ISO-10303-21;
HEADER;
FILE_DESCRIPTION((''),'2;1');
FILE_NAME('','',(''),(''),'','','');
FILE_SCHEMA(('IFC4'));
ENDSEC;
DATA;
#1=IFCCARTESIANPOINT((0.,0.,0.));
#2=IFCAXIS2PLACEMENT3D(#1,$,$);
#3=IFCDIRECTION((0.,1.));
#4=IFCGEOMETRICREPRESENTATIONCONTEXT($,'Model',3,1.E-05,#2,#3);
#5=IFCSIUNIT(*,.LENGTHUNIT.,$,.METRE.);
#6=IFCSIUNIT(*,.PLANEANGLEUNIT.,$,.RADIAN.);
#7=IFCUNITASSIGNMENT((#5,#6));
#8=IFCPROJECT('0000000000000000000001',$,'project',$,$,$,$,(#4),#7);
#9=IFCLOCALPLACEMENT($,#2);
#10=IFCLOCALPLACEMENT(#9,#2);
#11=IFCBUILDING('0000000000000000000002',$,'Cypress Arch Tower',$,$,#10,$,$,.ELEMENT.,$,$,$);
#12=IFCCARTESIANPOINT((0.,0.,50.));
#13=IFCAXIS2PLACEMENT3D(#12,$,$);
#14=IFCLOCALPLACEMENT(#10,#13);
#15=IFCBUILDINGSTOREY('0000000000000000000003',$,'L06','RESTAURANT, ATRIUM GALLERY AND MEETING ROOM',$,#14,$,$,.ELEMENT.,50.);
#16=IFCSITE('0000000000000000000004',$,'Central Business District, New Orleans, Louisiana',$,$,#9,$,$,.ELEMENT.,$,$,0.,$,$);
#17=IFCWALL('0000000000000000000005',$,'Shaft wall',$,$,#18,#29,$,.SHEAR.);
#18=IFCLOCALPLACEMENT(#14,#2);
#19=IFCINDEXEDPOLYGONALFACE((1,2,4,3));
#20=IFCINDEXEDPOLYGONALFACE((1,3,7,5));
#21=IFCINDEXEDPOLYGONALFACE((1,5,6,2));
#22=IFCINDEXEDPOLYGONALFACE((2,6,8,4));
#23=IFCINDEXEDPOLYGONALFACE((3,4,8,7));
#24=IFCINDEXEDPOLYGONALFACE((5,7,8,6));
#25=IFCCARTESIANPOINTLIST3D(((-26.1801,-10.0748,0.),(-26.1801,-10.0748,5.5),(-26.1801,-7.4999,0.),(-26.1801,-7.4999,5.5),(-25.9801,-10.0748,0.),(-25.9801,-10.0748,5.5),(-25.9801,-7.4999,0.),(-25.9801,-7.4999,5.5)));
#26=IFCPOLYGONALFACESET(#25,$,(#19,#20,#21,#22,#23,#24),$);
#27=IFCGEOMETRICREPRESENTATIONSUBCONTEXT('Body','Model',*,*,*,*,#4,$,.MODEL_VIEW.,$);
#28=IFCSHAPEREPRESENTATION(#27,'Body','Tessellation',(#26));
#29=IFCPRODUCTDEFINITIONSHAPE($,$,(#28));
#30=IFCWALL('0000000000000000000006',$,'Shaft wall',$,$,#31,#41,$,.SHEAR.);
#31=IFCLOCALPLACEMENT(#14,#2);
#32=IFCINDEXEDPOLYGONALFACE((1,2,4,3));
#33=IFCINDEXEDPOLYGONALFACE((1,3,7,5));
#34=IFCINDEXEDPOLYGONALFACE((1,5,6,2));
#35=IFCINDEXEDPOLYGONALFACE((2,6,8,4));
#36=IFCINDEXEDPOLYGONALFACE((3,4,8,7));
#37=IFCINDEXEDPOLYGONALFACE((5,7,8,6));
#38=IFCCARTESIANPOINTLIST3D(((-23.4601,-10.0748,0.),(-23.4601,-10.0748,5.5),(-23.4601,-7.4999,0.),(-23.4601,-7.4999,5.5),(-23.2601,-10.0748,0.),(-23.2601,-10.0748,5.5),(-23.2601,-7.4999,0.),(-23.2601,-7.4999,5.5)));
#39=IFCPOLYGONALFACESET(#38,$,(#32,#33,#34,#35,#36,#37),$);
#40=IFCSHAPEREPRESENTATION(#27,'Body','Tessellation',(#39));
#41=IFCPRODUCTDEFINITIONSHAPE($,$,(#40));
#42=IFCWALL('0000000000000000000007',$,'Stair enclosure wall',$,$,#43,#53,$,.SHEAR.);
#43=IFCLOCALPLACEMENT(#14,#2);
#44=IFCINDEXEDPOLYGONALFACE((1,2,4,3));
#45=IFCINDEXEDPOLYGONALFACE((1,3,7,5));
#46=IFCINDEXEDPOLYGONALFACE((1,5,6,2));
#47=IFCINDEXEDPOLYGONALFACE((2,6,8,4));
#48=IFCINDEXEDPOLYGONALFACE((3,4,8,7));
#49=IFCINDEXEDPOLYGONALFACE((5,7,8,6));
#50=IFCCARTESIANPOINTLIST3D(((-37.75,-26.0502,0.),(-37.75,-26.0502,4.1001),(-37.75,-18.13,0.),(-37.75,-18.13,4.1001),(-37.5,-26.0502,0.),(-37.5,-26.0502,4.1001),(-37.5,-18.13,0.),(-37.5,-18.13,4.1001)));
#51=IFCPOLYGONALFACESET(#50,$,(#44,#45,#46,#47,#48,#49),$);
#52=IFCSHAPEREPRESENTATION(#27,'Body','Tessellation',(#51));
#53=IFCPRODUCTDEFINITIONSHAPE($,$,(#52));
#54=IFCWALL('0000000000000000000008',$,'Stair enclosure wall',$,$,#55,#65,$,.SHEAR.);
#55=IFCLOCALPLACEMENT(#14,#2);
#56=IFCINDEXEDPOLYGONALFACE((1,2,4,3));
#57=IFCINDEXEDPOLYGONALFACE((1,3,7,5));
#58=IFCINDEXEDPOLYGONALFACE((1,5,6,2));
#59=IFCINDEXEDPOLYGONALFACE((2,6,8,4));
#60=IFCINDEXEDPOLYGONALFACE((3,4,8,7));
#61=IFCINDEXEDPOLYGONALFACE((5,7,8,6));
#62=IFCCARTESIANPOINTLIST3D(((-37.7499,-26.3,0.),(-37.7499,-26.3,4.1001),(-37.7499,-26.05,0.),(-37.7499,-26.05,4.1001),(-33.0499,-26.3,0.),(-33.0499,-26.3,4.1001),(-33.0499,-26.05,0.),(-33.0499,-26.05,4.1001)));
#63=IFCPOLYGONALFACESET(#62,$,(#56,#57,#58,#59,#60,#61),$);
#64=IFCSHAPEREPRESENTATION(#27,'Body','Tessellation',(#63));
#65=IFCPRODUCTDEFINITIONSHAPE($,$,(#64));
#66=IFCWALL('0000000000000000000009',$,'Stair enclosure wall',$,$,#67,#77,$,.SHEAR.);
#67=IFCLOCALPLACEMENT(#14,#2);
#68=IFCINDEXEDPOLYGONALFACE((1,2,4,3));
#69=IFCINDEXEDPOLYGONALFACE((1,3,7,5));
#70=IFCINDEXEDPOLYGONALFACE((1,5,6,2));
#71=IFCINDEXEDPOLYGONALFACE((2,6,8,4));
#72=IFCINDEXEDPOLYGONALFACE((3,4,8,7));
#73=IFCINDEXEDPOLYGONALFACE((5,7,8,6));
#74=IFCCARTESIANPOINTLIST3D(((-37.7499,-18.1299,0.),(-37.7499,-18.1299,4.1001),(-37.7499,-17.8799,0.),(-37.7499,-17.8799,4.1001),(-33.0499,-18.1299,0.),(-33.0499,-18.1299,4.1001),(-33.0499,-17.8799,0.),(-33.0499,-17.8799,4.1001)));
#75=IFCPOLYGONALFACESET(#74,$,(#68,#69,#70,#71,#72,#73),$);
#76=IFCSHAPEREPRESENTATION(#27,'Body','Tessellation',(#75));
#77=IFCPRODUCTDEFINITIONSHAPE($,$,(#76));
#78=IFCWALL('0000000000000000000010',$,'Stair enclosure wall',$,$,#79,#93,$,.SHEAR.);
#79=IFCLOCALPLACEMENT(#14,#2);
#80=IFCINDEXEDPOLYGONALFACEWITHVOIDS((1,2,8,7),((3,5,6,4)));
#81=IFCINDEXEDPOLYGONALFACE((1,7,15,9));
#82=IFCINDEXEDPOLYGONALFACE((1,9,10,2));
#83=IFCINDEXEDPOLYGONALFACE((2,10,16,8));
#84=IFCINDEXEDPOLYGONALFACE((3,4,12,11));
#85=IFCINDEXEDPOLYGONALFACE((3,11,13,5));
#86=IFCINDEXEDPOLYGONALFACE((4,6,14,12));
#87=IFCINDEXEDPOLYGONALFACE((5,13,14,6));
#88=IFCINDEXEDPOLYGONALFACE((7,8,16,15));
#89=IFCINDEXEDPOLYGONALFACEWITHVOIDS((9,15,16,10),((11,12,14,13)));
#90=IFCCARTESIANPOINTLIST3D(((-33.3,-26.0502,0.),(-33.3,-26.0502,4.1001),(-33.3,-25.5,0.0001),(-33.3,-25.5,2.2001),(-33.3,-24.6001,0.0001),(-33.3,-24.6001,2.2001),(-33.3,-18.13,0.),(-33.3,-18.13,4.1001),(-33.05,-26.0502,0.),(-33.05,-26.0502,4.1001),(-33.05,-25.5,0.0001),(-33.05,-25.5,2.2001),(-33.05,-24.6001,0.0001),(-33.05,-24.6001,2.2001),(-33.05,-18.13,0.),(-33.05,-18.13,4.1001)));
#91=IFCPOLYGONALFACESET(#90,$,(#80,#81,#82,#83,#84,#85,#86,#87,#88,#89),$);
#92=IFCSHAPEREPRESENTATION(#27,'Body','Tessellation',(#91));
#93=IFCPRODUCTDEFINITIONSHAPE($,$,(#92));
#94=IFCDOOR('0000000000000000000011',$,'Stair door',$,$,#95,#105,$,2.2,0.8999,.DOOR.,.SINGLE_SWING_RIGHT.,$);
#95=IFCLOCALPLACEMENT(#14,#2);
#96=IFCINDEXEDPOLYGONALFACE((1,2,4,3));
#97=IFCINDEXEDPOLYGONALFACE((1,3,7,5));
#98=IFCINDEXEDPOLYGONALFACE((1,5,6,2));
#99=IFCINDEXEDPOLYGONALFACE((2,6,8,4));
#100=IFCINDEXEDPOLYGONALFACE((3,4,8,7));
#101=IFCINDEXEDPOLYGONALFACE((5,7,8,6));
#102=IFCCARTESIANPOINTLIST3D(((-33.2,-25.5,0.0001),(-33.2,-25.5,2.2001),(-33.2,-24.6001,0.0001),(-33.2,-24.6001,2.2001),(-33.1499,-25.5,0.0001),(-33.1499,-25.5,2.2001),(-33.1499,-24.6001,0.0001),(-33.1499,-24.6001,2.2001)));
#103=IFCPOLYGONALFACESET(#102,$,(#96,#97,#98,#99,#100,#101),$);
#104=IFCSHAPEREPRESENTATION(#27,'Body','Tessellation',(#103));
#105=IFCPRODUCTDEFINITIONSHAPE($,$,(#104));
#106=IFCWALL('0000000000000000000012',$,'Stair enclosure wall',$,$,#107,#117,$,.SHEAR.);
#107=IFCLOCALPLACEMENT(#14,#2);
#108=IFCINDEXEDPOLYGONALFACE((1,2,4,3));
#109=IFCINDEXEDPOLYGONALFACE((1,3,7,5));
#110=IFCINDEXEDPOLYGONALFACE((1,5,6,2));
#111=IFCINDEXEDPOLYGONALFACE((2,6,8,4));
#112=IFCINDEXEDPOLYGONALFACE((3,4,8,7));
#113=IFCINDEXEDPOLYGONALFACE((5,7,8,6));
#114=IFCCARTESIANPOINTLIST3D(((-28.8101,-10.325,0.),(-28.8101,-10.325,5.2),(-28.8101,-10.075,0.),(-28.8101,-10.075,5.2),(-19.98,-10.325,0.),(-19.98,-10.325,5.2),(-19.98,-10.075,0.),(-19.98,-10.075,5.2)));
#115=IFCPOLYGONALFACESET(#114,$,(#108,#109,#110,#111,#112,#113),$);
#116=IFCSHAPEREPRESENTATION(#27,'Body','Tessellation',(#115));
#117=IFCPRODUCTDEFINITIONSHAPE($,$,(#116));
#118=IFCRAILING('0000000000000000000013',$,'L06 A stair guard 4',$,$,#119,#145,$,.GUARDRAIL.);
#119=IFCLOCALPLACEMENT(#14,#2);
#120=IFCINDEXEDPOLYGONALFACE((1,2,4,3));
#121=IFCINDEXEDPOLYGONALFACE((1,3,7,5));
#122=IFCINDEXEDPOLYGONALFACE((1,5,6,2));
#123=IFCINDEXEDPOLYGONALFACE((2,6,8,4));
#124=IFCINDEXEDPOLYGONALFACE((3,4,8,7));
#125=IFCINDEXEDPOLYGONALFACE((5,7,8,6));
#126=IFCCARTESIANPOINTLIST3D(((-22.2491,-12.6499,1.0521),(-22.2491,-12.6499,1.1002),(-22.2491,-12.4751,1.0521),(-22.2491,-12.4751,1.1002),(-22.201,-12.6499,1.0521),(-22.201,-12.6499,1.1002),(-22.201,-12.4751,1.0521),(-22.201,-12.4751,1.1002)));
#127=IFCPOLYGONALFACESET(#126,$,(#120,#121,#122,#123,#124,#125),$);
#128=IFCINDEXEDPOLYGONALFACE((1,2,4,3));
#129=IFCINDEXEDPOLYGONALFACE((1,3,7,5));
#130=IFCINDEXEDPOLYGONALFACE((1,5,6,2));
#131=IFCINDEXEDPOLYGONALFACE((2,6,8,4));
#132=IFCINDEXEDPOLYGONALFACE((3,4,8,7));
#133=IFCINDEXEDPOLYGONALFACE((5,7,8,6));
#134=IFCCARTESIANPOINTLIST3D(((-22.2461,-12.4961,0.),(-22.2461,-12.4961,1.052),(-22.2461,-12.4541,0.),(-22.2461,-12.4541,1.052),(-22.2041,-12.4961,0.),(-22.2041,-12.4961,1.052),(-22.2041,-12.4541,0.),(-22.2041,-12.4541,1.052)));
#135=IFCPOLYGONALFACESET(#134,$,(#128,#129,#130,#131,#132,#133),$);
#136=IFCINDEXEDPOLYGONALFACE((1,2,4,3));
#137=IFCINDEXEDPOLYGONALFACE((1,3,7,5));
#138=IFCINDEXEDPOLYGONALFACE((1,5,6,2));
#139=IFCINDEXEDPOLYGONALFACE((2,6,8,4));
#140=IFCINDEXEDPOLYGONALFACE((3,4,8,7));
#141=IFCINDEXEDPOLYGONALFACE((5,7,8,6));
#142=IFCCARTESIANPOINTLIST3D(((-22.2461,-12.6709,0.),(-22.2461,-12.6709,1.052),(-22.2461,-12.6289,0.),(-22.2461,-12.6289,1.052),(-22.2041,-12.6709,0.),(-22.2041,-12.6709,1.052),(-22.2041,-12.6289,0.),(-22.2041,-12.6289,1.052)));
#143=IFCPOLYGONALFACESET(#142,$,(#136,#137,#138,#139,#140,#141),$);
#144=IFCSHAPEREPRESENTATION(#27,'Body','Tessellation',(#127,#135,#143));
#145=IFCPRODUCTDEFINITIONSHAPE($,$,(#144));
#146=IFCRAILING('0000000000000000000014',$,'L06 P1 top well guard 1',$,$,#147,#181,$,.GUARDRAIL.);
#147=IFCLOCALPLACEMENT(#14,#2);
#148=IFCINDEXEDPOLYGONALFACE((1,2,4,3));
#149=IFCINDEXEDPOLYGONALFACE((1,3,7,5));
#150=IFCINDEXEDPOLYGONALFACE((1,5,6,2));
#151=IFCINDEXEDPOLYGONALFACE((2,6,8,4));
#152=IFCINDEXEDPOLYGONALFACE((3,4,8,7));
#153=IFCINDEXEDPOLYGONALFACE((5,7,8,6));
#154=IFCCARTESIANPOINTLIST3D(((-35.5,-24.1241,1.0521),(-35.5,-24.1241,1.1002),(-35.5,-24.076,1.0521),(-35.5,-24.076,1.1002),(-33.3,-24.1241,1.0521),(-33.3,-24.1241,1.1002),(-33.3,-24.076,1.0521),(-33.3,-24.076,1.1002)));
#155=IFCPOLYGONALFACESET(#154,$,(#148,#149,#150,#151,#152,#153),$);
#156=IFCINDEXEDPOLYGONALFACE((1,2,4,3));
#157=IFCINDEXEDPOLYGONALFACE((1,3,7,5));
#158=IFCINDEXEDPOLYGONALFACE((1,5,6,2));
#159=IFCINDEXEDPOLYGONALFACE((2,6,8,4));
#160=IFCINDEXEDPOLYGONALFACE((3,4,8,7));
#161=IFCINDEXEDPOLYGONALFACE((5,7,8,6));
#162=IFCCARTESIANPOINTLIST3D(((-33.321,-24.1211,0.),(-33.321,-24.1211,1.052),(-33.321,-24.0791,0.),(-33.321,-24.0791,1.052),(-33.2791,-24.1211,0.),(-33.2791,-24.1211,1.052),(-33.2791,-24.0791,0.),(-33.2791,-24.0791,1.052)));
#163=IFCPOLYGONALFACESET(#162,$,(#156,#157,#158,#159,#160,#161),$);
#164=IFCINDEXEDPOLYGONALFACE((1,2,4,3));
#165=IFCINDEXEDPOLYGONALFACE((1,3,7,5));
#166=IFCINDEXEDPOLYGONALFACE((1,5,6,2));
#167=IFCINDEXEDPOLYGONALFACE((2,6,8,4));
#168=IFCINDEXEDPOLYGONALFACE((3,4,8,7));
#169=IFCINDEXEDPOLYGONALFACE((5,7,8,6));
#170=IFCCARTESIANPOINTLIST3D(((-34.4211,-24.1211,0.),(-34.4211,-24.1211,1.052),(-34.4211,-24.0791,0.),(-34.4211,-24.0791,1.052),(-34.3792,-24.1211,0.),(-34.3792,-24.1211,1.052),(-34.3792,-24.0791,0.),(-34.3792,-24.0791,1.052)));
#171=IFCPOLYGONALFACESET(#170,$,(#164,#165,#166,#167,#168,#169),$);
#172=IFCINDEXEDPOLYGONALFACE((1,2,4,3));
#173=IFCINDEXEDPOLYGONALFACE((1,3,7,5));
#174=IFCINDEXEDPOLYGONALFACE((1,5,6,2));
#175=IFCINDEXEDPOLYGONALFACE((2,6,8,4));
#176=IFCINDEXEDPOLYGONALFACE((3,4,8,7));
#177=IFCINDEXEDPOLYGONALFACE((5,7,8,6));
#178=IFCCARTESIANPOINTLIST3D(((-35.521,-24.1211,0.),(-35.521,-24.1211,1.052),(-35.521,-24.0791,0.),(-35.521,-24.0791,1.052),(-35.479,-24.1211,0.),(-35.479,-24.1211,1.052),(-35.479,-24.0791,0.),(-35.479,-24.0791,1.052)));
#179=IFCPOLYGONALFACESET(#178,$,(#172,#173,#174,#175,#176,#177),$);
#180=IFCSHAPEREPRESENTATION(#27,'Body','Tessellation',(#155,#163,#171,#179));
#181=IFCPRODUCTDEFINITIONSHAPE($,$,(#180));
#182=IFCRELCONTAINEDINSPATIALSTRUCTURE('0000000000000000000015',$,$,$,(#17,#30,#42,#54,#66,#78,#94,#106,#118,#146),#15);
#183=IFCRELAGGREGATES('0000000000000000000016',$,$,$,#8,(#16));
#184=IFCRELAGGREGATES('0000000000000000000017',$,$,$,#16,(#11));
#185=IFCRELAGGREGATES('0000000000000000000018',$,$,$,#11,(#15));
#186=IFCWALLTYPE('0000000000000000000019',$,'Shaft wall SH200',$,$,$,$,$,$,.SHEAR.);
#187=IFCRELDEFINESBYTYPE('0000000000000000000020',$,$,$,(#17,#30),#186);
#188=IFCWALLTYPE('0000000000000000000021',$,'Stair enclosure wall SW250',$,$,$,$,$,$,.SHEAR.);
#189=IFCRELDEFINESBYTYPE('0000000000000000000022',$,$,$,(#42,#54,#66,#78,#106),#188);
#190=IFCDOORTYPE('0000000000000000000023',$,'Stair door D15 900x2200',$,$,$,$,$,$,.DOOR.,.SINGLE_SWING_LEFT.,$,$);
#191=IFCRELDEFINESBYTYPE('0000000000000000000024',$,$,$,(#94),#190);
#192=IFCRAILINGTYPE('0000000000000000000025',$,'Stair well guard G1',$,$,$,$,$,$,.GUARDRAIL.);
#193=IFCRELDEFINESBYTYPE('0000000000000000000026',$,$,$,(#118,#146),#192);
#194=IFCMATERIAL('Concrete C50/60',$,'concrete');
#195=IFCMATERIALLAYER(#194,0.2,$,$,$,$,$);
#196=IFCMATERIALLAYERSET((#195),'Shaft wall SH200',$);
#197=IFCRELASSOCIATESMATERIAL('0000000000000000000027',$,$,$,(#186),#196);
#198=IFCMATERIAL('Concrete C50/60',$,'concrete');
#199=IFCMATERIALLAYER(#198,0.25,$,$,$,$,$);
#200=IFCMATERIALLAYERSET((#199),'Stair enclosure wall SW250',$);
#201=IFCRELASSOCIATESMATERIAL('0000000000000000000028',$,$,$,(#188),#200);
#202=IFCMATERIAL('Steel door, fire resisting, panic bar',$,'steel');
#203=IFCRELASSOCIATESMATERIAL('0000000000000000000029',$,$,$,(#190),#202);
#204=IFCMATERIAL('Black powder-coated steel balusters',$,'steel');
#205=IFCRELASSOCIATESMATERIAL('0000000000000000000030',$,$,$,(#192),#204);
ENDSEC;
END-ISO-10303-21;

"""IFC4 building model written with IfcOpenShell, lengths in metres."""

from ifc_helpers import new_model, si_unit, direction, frame, frame_2d, origin, origin_2d, place, context, subcontext, project, spatial, rectangle, extrude, material, layer, layer_set, type_object, element, fill, save


model = new_model("IFC4")

# Units and contexts
model_context = context("Model", 3, precision=1e-05, world=origin(), true_north=direction((0.0, 1.0)))
body_context = subcontext(model_context, "Body", "Model", "MODEL_VIEW")
ifc_project = project(units=[si_unit("LENGTHUNIT", "METRE"), si_unit("PLANEANGLEUNIT", "RADIAN")], contexts=[model_context])

# Site, building, storey
site_placement = place(None, origin())
site = spatial("IfcSite", under=ifc_project, at=site_placement, Name="Central Business District, New Orleans, Louisiana", CompositionType="ELEMENT", RefElevation=0.0)
building_placement = place(site_placement, origin())
building = spatial("IfcBuilding", under=site, at=building_placement, Name="Cypress Arch Tower", CompositionType="ELEMENT")
storey_placement = place(building_placement, frame((0.0, 0.0, 50.0)))
storey = spatial("IfcBuildingStorey", under=building, at=storey_placement, Name="L06", Description="RESTAURANT, ATRIUM GALLERY AND MEETING ROOM", CompositionType="ELEMENT", Elevation=50.0)

# Walls
ifc_material_1 = material(Name="Concrete C50/60", Category="concrete")
ifc_layer_1 = layer(ifc_material_1, 0.2)
ifc_layer_set_1 = layer_set([ifc_layer_1], Name="Shaft wall SH200")
wall_type_1 = type_object("IfcWallType", Name="Shaft wall SH200", PredefinedType="SHEAR", material=ifc_layer_set_1)
for number, where, z_axis, x_axis, name in (
    (1, (-26.0801, -10.075, 0.0), (0.0, 0.0, 1.0), (0.0, 1.0, 0.0), "Shaft wall"),
    (2, (-23.3601, -10.075, 0.0), (0.0, 0.0, 1.0), (0.0, 1.0, 0.0), "Shaft wall"),
):
    element("IfcWall", number, at=place(storey_placement, frame(where, z_axis=z_axis, x_axis=x_axis)), inside=storey, type_object=wall_type_1, Name=name, PredefinedType="SHEAR", context=body_context, shape_type="SweptSolid", body=[
        extrude(rectangle(XDim=2.575, YDim=0.2, at=frame_2d((1.2876, 0.0))), origin(), (0.0, 0.0, 1.0), 5.5),
    ])
ifc_material_2 = material(Name="Concrete C50/60", Category="concrete")
ifc_layer_2 = layer(ifc_material_2, 0.25)
ifc_layer_set_2 = layer_set([ifc_layer_2], Name="Stair enclosure wall SW250")
wall_type_2 = type_object("IfcWallType", Name="Stair enclosure wall SW250", PredefinedType="SHEAR", material=ifc_layer_set_2)
wall_1_placement = place(storey_placement, frame((-37.625, -26.05, 0.0), z_axis=(0.0, 0.0, 1.0), x_axis=(0.0, 1.0, 0.0)))
element("IfcWall", 3, at=wall_1_placement, inside=storey, type_object=wall_type_2, Name="Stair enclosure wall", PredefinedType="SHEAR", context=body_context, shape_type="SweptSolid", body=[
    extrude(rectangle(XDim=7.9202, YDim=0.25, at=frame_2d((3.96, 0.0))), origin(), (0.0, 0.0, 1.0), 4.1001),
])
for number, where, z_axis, x_axis, name in (
    (4, (-37.75, -26.175, 0.0), (0.0, 0.0, 1.0), (1.0, 0.0, 0.0), "Stair enclosure wall"),
    (5, (-37.75, -18.0049, 0.0), (0.0, 0.0, 1.0), (1.0, 0.0, 0.0), "Stair enclosure wall"),
):
    element("IfcWall", number, at=place(storey_placement, frame(where, z_axis=z_axis, x_axis=x_axis)), inside=storey, type_object=wall_type_2, Name=name, PredefinedType="SHEAR", context=body_context, shape_type="SweptSolid", body=[
        extrude(rectangle(XDim=4.7, YDim=0.25, at=frame_2d((2.3501, 0.0))), origin(), (0.0, 0.0, 1.0), 4.1001),
    ])

# Wall, opening, door
wall_2_placement = place(storey_placement, frame((-33.175, -26.05, 0.0), z_axis=(0.0, 0.0, 1.0), x_axis=(0.0, 1.0, 0.0)))
wall_2 = element("IfcWall", 6, at=wall_2_placement, inside=storey, type_object=wall_type_2, Name="Stair enclosure wall", PredefinedType="SHEAR", context=body_context, shape_type="SweptSolid", body=[
    extrude(rectangle(XDim=7.9202, YDim=0.25, at=frame_2d((3.96, 0.0))), origin(), (0.0, 0.0, 1.0), 4.1001),
])
opening_1_placement = place(wall_2_placement, frame((0.55, 0.0, 0.0)))
opening_1 = element("IfcOpeningElement", 7, at=opening_1_placement, cuts=wall_2, PredefinedType="OPENING", context=body_context, shape_type="SweptSolid", body=[
    extrude(rectangle(XDim=0.8999, YDim=2.2, at=frame_2d((0.45, 1.1001))), frame((0.0, 0.135, 0.0), z_axis=(0.0, -1.0, 0.0), x_axis=(1.0, 0.0, 0.0)), (0.0, 0.0, 1.0), 0.27),
])
ifc_material_3 = material(Name="Steel door, fire resisting, panic bar", Category="steel")
door_type_1 = type_object("IfcDoorType", Name="Stair door D15 900x2200", OperationType="SINGLE_SWING_LEFT", PredefinedType="DOOR", material=ifc_material_3)
door_1_placement = place(opening_1_placement, origin())
door_1 = element("IfcDoor", 8, at=door_1_placement, inside=storey, type_object=door_type_1, Name="Stair door", OperationType="SINGLE_SWING_RIGHT", OverallHeight=2.2, OverallWidth=0.8999, PredefinedType="DOOR", context=body_context, shape_type="SweptSolid", body=[
    extrude(rectangle(XDim=0.8999, YDim=2.2, at=frame_2d((0.45, 1.1001))), frame((0.0, 0.0249, 0.0), z_axis=(0.0, -1.0, 0.0), x_axis=(1.0, 0.0, 0.0)), (0.0, 0.0, 1.0), 0.05),
])
fill(opening_1, door_1)

# Wall
wall_3_placement = place(storey_placement, frame((-28.8101, -10.2, 0.0), z_axis=(0.0, 0.0, 1.0), x_axis=(1.0, 0.0, 0.0)))
element("IfcWall", 9, at=wall_3_placement, inside=storey, type_object=wall_type_2, Name="Stair enclosure wall", PredefinedType="SHEAR", context=body_context, shape_type="SweptSolid", body=[
    extrude(rectangle(XDim=8.8301, YDim=0.25, at=frame_2d((4.415, 0.0))), origin(), (0.0, 0.0, 1.0), 5.2),
])

# Railings
ifc_material_4 = material(Name="Black powder-coated steel balusters", Category="steel")
railing_type_1 = type_object("IfcRailingType", Name="Stair well guard G1", PredefinedType="GUARDRAIL", material=ifc_material_4)
railing_1_placement = place(storey_placement, frame((-22.2251, -12.4751, 0.0)))
element("IfcRailing", 10, at=railing_1_placement, inside=storey, type_object=railing_type_1, Name="L06 A stair guard 4", PredefinedType="GUARDRAIL", context=body_context, shape_type="SweptSolid", body=[
    extrude(rectangle(XDim=0.0481, YDim=0.0481, at=origin_2d()), frame((0.0, 0.0, 1.0762), z_axis=(0.0, -1.0, 0.0), x_axis=(1.0, 0.0, 0.0)), (0.0, 0.0, 1.0), 0.1748),
    extrude(rectangle(XDim=0.042, YDim=0.042, at=origin_2d()), origin(), (0.0, 0.0, 1.0), 1.052),
    extrude(rectangle(XDim=0.042, YDim=0.042, at=origin_2d()), frame((0.0, -0.1748, 0.0)), (0.0, 0.0, 1.0), 1.052),
])
railing_2_placement = place(storey_placement, frame((-33.3, -24.1001, 0.0)))
element("IfcRailing", 11, at=railing_2_placement, inside=storey, type_object=railing_type_1, Name="L06 P1 top well guard 1", PredefinedType="GUARDRAIL", context=body_context, shape_type="SweptSolid", body=[
    extrude(rectangle(XDim=0.0481, YDim=0.0481, at=origin_2d()), frame((0.0, 0.0, 1.0762), z_axis=(-1.0, 0.0, 0.0), x_axis=(0.0, -1.0, 0.0)), (0.0, 0.0, 1.0), 2.2),
    extrude(rectangle(XDim=0.042, YDim=0.042, at=origin_2d()), origin(), (0.0, 0.0, 1.0), 1.052),
    extrude(rectangle(XDim=0.042, YDim=0.042, at=origin_2d()), frame((-1.1001, 0.0, 0.0)), (0.0, 0.0, 1.0), 1.052),
    extrude(rectangle(XDim=0.042, YDim=0.042, at=origin_2d()), frame((-2.2, 0.0, 0.0)), (0.0, 0.0, 1.0), 1.052),
])

save(model, "model.ifc")
